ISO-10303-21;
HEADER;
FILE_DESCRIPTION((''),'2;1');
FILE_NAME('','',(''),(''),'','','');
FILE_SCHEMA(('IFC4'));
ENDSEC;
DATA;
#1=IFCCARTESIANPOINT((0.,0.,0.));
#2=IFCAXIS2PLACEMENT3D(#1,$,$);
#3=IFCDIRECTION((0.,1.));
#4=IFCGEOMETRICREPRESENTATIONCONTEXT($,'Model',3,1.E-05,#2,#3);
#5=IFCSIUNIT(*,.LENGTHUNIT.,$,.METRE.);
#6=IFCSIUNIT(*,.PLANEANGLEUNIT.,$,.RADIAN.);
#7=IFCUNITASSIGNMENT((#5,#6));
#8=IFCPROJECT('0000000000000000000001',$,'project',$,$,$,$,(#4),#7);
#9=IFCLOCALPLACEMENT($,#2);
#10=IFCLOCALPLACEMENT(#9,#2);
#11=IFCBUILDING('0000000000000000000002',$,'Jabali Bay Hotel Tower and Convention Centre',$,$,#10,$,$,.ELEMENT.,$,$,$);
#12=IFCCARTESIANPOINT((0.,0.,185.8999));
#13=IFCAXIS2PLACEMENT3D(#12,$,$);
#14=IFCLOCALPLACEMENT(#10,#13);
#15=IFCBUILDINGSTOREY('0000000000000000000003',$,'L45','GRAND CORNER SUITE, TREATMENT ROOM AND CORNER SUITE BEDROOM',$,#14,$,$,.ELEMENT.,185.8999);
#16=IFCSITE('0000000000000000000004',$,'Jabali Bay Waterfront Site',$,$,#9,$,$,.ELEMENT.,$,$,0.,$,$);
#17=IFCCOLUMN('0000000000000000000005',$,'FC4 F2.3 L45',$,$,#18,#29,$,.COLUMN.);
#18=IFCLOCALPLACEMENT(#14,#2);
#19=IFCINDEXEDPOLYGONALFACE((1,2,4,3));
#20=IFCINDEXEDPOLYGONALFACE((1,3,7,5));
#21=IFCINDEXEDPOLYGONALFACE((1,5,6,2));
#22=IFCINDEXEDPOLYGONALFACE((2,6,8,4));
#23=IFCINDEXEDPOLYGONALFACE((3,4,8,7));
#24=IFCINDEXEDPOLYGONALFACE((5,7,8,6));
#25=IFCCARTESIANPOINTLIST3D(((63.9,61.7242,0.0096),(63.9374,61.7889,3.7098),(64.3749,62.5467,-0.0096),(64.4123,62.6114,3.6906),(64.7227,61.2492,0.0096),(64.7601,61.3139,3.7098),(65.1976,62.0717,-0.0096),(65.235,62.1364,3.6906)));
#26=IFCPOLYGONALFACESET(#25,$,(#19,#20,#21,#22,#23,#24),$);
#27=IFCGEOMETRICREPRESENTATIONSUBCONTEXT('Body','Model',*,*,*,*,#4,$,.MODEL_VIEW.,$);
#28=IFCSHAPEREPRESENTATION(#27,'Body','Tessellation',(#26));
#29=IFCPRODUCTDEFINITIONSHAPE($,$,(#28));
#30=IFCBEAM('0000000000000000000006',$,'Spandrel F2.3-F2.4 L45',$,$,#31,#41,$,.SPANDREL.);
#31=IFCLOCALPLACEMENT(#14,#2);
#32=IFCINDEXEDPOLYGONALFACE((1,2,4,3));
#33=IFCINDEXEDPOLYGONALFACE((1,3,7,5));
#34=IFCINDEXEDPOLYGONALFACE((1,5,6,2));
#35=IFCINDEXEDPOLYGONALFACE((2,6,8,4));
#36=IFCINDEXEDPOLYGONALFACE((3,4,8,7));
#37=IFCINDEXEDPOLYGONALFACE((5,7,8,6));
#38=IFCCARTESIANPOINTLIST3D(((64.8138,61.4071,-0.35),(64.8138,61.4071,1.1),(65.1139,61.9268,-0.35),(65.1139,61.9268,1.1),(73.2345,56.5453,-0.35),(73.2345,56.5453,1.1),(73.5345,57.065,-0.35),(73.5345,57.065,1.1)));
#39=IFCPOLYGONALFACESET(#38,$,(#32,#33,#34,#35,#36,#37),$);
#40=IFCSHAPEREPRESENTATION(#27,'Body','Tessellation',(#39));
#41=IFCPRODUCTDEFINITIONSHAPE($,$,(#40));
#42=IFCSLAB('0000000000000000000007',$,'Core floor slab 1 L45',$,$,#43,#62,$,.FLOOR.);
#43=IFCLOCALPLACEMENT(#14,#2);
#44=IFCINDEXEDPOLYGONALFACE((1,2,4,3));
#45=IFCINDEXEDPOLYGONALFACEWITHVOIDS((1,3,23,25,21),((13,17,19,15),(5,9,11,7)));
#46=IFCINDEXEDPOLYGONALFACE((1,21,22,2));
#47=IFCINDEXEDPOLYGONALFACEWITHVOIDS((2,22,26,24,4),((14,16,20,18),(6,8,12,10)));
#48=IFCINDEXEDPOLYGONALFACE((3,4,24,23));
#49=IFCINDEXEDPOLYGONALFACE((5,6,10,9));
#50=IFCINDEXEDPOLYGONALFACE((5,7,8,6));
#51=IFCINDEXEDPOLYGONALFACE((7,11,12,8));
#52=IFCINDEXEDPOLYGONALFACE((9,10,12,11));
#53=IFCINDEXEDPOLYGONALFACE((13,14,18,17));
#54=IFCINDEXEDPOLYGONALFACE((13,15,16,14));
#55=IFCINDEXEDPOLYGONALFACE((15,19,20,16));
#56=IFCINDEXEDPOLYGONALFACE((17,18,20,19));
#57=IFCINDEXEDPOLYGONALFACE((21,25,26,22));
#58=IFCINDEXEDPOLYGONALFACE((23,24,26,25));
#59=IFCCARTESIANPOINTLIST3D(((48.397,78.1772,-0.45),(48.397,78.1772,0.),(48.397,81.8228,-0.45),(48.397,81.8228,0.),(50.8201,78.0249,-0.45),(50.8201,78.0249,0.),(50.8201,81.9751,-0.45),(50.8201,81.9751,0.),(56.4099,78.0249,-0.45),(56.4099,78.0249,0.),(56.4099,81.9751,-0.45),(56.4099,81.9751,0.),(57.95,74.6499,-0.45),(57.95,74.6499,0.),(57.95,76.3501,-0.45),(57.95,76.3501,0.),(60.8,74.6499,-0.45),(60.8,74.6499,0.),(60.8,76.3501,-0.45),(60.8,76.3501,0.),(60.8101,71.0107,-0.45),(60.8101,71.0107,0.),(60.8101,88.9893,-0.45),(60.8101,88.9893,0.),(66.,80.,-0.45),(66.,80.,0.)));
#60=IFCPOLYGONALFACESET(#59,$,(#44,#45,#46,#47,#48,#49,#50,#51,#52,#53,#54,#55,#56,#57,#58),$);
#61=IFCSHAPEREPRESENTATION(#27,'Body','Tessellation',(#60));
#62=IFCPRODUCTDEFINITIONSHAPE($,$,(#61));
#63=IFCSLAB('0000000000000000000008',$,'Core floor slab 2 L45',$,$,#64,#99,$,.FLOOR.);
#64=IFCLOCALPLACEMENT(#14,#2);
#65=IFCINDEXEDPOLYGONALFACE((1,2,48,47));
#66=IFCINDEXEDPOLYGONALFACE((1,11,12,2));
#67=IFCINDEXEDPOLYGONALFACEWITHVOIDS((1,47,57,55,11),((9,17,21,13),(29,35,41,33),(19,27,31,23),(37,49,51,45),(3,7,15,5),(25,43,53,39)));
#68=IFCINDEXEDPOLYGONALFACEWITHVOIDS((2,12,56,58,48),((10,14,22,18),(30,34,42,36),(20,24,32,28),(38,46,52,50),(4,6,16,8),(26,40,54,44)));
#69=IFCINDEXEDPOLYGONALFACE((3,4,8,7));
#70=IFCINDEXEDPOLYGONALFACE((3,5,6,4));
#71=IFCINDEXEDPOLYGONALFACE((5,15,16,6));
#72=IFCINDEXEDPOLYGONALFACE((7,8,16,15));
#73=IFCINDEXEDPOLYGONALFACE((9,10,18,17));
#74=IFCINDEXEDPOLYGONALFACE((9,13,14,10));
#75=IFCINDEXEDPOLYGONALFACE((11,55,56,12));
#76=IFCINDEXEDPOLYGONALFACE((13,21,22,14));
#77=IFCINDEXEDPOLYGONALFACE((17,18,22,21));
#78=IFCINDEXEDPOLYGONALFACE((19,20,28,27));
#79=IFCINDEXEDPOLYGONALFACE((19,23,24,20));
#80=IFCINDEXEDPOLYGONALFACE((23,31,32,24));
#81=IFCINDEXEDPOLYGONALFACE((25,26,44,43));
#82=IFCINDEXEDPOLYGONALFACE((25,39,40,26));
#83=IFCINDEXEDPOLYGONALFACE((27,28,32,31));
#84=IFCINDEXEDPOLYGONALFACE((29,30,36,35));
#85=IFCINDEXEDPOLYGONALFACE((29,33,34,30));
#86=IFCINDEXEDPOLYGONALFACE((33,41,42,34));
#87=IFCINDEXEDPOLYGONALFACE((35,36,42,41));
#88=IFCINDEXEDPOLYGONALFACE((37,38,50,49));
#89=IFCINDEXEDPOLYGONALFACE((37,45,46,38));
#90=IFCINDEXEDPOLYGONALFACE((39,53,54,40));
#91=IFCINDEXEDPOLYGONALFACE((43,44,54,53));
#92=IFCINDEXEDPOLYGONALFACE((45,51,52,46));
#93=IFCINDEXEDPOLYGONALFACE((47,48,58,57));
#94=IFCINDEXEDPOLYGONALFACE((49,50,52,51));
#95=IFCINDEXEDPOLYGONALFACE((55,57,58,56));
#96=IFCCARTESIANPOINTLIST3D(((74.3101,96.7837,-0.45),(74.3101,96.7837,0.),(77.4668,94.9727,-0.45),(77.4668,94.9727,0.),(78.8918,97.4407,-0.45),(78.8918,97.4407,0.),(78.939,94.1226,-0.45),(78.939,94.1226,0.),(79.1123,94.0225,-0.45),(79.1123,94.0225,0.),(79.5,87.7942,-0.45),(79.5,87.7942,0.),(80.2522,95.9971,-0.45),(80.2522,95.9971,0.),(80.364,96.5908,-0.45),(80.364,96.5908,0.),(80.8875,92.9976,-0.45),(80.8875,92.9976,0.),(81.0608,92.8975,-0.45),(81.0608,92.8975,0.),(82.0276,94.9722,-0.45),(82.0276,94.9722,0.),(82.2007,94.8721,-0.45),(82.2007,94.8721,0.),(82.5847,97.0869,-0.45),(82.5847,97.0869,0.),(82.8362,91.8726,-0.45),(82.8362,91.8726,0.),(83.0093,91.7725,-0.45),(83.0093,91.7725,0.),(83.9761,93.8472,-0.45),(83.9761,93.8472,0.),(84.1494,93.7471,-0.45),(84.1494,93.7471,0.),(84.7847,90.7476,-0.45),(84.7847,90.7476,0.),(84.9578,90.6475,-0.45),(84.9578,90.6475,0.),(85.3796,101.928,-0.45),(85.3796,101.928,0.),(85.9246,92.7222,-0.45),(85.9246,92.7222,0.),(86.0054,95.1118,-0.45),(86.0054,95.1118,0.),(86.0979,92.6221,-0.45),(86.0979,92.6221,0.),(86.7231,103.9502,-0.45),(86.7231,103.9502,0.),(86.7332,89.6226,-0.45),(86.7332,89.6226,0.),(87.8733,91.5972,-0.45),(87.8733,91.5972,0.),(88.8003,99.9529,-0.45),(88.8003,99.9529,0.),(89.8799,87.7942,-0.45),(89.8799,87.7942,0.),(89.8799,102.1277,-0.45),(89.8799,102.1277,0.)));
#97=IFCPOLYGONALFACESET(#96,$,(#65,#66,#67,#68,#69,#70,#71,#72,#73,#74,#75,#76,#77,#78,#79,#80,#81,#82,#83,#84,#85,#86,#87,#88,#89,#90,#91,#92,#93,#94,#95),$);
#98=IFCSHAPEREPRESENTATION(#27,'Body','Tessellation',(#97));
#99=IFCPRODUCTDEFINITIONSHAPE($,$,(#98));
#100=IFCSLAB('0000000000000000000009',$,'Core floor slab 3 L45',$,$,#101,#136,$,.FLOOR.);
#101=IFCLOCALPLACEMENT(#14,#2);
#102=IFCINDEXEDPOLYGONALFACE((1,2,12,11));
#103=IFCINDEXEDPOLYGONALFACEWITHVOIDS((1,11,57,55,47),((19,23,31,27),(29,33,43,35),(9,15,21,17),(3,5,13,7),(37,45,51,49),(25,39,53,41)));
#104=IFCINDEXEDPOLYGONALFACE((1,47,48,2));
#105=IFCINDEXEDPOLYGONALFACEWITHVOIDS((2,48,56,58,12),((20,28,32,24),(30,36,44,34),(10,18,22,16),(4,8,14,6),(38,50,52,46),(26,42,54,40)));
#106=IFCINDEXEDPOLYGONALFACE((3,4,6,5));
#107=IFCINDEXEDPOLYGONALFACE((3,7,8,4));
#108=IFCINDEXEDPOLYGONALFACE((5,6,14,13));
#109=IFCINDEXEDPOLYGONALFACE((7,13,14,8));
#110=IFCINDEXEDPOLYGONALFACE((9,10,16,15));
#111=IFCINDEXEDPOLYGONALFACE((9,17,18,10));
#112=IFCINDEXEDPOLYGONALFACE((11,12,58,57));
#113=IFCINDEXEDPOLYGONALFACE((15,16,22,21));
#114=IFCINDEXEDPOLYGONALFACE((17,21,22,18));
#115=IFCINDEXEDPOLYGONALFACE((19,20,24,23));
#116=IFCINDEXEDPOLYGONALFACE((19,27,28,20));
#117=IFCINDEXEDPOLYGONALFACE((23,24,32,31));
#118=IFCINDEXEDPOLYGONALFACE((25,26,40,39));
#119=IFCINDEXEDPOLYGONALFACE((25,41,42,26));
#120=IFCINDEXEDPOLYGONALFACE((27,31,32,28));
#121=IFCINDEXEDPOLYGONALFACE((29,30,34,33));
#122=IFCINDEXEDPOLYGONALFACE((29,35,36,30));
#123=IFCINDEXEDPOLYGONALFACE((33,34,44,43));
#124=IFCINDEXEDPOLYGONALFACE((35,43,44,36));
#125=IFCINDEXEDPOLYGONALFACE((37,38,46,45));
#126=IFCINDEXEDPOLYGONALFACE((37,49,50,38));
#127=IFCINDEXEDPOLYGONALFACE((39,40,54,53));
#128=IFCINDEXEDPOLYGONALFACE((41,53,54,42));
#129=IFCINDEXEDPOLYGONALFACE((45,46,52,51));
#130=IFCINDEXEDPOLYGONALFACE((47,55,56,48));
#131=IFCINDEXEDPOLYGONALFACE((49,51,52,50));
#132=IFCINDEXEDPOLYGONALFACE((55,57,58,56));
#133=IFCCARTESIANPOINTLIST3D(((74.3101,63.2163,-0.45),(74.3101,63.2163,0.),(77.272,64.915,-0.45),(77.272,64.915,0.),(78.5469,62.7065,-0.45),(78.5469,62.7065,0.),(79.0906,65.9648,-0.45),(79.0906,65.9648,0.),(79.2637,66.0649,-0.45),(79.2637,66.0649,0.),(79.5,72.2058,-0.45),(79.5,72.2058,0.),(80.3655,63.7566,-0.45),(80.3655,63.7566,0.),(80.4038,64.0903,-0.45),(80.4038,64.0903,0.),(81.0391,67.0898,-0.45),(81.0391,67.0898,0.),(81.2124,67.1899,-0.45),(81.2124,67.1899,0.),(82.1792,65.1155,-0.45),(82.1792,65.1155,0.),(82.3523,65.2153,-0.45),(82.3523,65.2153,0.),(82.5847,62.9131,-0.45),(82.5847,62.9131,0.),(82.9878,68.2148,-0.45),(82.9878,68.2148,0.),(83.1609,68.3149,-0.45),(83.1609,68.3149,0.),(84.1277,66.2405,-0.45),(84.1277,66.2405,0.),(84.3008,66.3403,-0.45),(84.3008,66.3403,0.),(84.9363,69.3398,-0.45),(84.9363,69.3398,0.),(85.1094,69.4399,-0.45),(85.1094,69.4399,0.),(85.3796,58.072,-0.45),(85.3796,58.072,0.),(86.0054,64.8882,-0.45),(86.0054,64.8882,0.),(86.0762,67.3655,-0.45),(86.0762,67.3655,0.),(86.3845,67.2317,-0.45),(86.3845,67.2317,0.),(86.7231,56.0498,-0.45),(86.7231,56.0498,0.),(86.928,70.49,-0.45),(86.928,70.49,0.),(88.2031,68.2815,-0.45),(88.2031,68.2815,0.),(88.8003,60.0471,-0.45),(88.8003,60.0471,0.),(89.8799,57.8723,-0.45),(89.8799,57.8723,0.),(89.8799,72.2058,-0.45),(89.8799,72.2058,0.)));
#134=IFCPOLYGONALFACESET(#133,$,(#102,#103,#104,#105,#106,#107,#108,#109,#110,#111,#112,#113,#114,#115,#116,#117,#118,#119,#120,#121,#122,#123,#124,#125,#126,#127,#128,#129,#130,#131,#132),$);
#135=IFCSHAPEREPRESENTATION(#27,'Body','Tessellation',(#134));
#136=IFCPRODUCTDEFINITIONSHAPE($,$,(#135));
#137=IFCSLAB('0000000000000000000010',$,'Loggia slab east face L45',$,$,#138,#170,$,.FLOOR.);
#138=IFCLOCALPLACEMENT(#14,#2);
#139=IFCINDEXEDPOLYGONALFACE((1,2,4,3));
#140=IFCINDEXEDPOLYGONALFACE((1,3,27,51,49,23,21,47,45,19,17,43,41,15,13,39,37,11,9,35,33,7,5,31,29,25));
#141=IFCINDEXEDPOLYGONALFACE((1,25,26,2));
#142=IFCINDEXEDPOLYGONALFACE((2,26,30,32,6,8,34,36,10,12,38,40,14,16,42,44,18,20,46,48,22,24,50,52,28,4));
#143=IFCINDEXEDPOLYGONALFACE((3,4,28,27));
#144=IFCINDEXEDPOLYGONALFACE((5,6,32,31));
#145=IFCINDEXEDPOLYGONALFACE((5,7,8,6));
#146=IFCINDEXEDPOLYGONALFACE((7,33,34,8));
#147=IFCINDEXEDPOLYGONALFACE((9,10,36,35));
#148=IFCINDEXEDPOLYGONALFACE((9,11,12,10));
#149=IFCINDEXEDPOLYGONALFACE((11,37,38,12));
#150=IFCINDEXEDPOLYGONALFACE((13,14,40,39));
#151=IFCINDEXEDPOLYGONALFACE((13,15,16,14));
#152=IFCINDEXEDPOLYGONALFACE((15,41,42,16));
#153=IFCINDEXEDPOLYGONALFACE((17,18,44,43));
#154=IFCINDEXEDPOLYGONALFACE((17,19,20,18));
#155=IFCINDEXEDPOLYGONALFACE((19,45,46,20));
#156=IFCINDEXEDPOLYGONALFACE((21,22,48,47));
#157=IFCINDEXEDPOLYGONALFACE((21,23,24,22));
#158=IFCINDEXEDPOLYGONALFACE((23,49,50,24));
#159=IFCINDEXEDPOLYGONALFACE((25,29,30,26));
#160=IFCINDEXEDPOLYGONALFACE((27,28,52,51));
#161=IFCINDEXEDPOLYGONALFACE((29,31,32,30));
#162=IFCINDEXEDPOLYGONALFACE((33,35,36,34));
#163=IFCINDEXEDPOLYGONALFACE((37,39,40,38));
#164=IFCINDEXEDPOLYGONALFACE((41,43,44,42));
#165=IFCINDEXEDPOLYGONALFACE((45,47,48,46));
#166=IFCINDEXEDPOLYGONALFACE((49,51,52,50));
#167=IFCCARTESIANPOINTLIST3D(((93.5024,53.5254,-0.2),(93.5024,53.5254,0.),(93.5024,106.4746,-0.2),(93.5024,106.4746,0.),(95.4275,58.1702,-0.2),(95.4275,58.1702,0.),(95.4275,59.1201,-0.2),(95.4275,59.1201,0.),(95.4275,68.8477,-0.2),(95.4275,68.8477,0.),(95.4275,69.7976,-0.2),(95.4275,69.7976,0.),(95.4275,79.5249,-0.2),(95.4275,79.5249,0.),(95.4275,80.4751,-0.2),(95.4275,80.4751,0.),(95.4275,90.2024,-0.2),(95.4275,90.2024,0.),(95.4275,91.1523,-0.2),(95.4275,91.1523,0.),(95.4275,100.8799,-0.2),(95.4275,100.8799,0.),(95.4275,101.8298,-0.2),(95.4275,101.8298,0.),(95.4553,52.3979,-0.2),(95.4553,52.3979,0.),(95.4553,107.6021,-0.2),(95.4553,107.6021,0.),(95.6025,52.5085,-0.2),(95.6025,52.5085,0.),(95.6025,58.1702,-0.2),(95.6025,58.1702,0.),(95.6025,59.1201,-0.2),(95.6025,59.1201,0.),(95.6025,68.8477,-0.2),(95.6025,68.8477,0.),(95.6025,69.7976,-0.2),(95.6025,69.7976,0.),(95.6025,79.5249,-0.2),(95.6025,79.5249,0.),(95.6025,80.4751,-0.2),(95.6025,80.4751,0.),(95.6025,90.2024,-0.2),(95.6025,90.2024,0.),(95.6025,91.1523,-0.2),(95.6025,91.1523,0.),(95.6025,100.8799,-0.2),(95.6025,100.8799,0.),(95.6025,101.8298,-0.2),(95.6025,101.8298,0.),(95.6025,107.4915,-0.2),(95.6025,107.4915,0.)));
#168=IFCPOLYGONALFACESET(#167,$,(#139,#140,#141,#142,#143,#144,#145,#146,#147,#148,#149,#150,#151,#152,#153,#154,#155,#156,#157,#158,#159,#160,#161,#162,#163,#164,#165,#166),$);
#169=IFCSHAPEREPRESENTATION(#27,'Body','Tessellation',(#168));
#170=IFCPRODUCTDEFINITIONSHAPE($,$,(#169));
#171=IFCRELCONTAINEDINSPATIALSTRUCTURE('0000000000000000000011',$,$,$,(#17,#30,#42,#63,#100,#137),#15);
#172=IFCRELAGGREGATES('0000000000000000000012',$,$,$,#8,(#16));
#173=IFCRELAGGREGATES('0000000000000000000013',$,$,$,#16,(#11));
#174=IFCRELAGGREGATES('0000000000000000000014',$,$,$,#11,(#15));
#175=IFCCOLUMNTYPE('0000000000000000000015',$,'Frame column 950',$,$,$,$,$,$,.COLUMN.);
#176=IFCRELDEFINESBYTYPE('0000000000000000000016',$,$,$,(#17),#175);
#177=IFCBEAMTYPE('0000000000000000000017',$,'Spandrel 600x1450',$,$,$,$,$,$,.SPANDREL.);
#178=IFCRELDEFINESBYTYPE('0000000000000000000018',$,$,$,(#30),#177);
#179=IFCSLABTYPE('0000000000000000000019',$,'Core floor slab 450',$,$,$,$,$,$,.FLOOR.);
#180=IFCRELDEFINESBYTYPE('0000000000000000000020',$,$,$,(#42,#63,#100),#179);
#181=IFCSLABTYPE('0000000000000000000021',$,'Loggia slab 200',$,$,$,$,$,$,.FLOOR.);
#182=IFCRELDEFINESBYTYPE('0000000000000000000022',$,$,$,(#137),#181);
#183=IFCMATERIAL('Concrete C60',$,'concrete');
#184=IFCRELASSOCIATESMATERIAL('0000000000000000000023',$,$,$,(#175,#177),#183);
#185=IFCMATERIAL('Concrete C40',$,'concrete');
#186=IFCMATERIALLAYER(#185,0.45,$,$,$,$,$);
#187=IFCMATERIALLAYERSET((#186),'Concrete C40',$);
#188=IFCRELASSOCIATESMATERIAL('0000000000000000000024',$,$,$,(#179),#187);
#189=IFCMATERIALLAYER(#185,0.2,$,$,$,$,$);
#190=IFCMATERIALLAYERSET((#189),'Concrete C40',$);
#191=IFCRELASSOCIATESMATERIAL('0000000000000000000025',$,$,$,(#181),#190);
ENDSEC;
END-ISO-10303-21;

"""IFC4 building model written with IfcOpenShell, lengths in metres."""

from ifc_helpers import new_model, si_unit, direction, frame, origin, origin_2d, place, context, subcontext, project, spatial, polyline, rectangle, outline, extrude, material, layer, layer_set, material_profile, profile_set, type_object, element, save


model = new_model("IFC4")

# Units and contexts
model_context = context("Model", 3, precision=1e-05, world=origin(), true_north=direction((0.0, 1.0)))
body_context = subcontext(model_context, "Body", "Model", "MODEL_VIEW")
ifc_project = project(units=[si_unit("LENGTHUNIT", "METRE"), si_unit("PLANEANGLEUNIT", "RADIAN")], contexts=[model_context])

# Site, building, storey
site_placement = place(None, origin())
site = spatial("IfcSite", under=ifc_project, at=site_placement, Name="Jabali Bay Waterfront Site", CompositionType="ELEMENT", RefElevation=0.0)
building_placement = place(site_placement, origin())
building = spatial("IfcBuilding", under=site, at=building_placement, Name="Jabali Bay Hotel Tower and Convention Centre", CompositionType="ELEMENT")
storey_placement = place(building_placement, frame((0.0, 0.0, 185.8999)))
storey = spatial("IfcBuildingStorey", under=building, at=storey_placement, Name="L45", Description="GRAND CORNER SUITE, TREATMENT ROOM AND CORNER SUITE BEDROOM", CompositionType="ELEMENT", Elevation=185.8999)

# Column
ifc_material_1 = material(Name="Concrete C60", Category="concrete")
ifc_material_profile_1 = material_profile(ifc_material_1, rectangle(XDim=0.95, YDim=0.95, at=origin_2d()), Name="Frame column 950")
ifc_profile_set_1 = profile_set([ifc_material_profile_1], Name="Concrete C60")
column_type = type_object("IfcColumnType", Name="Frame column 950", PredefinedType="COLUMN", material=ifc_profile_set_1)
column_placement = place(storey_placement, frame((64.5488, 61.8979, 0.0), z_axis=(0.010093, 0.017481, 0.999796), x_axis=(-0.866026, 0.499999, 0.0)))
element("IfcColumn", 1, at=column_placement, inside=storey, type_object=column_type, Name="FC4 F2.3 L45", PredefinedType="COLUMN", context=body_context, shape_type="SweptSolid", body=[
    extrude(rectangle(XDim=0.95, YDim=0.95, at=origin_2d()), origin(), (0.0, 0.0, 1.0), 3.7009),
])

# Beam
ifc_material_profile_2 = material_profile(ifc_material_1, rectangle(XDim=0.6001, YDim=1.45, at=origin_2d()), Name="Spandrel 600x1450")
ifc_profile_set_2 = profile_set([ifc_material_profile_2], Name="Concrete C60")
beam_type = type_object("IfcBeamType", Name="Spandrel 600x1450", PredefinedType="SPANDREL", material=ifc_profile_set_2)
beam_placement = place(storey_placement, frame((64.9639, 61.667, 0.375), z_axis=(0.866019, -0.500012, 0.0), x_axis=(0.500012, 0.866019, 0.0)))
element("IfcBeam", 2, at=beam_placement, inside=storey, type_object=beam_type, Name="Spandrel F2.3-F2.4 L45", PredefinedType="SPANDREL", context=body_context, shape_type="SweptSolid", body=[
    extrude(rectangle(XDim=0.6001, YDim=1.45, at=origin_2d()), origin(), (0.0, 0.0, 1.0), 9.7234),
])

# Slabs
ifc_material_2 = material(Name="Concrete C40", Category="concrete")
ifc_layer_1 = layer(ifc_material_2, 0.45)
ifc_layer_set_1 = layer_set([ifc_layer_1], Name="Concrete C40")
slab_type_1 = type_object("IfcSlabType", Name="Core floor slab 450", PredefinedType="FLOOR", material=ifc_layer_set_1)
slab_1_placement = place(storey_placement, frame((0.0, 0.0, -0.45)))
element("IfcSlab", 3, at=slab_1_placement, inside=storey, type_object=slab_type_1, Name="Core floor slab 1 L45", PredefinedType="FLOOR", context=body_context, shape_type="SweptSolid", body=[
    extrude(outline(polyline([(66.0, 80.0), (60.8101, 88.9893), (48.397, 81.8228), (48.397, 78.1772), (60.8101, 71.0107), (66.0, 80.0)]), holes=[polyline([(60.8, 76.3501), (57.95, 76.3501), (57.95, 74.6499), (60.8, 74.6499), (60.8, 76.3501)]), polyline([(50.8201, 81.9751), (50.8201, 78.0249), (56.4099, 78.0249), (56.4099, 81.9751), (50.8201, 81.9751)])]), origin(), (0.0, 0.0, 1.0), 0.45),
])
slab_2_placement = place(storey_placement, frame((0.0, 0.0, -0.45)))
element("IfcSlab", 4, at=slab_2_placement, inside=storey, type_object=slab_type_1, Name="Core floor slab 2 L45", PredefinedType="FLOOR", context=body_context, shape_type="SweptSolid", body=[
    extrude(outline(polyline([(79.5, 87.7942), (89.8799, 87.7942), (89.8799, 102.1277), (86.7231, 103.9502), (74.3101, 96.7837), (79.5, 87.7942)]), holes=[polyline([(84.9578, 90.6475), (86.7332, 89.6226), (87.8733, 91.5972), (86.0979, 92.6221), (84.9578, 90.6475)]), polyline([(84.1494, 93.7471), (83.0093, 91.7725), (84.7847, 90.7476), (85.9246, 92.7222), (84.1494, 93.7471)]), polyline([(82.2007, 94.8721), (81.0608, 92.8975), (82.8362, 91.8726), (83.9761, 93.8472), (82.2007, 94.8721)]), polyline([(79.1123, 94.0225), (80.8875, 92.9976), (82.0276, 94.9722), (80.2522, 95.9971), (79.1123, 94.0225)]), polyline([(78.8918, 97.4407), (77.4668, 94.9727), (78.939, 94.1226), (80.364, 96.5908), (78.8918, 97.4407)]), polyline([(82.5847, 97.0869), (86.0054, 95.1118), (88.8003, 99.9529), (85.3796, 101.928), (82.5847, 97.0869)])]), origin(), (0.0, 0.0, 1.0), 0.45),
])
slab_3_placement = place(storey_placement, frame((0.0, 0.0, -0.45)))
element("IfcSlab", 5, at=slab_3_placement, inside=storey, type_object=slab_type_1, Name="Core floor slab 3 L45", PredefinedType="FLOOR", context=body_context, shape_type="SweptSolid", body=[
    extrude(outline(polyline([(79.5, 72.2058), (74.3101, 63.2163), (86.7231, 56.0498), (89.8799, 57.8723), (89.8799, 72.2058), (79.5, 72.2058)]), holes=[polyline([(82.5847, 62.9131), (85.3796, 58.072), (88.8003, 60.0471), (86.0054, 64.8882), (82.5847, 62.9131)]), polyline([(80.3655, 63.7566), (79.0906, 65.9648), (77.272, 64.915), (78.5469, 62.7065), (80.3655, 63.7566)]), polyline([(82.1792, 65.1155), (81.0391, 67.0898), (79.2637, 66.0649), (80.4038, 64.0903), (82.1792, 65.1155)]), polyline([(82.9878, 68.2148), (81.2124, 67.1899), (82.3523, 65.2153), (84.1277, 66.2405), (82.9878, 68.2148)]), polyline([(86.0762, 67.3655), (84.9363, 69.3398), (83.1609, 68.3149), (84.3008, 66.3403), (86.0762, 67.3655)]), polyline([(88.2031, 68.2815), (86.928, 70.49), (85.1094, 69.4399), (86.3845, 67.2317), (88.2031, 68.2815)])]), origin(), (0.0, 0.0, 1.0), 0.45),
])
ifc_layer_2 = layer(ifc_material_2, 0.2)
ifc_layer_set_2 = layer_set([ifc_layer_2], Name="Concrete C40")
slab_type_2 = type_object("IfcSlabType", Name="Loggia slab 200", PredefinedType="FLOOR", material=ifc_layer_set_2)
slab_4_placement = place(storey_placement, frame((0.0, 0.0, -0.2)))
element("IfcSlab", 6, at=slab_4_placement, inside=storey, type_object=slab_type_2, Name="Loggia slab east face L45", PredefinedType="FLOOR", context=body_context, shape_type="SweptSolid", body=[
    extrude(outline(polyline([(93.5024, 106.4746), (95.4553, 107.6021), (95.6025, 107.4915), (95.6025, 101.8298), (95.4275, 101.8298), (95.4275, 100.8799), (95.6025, 100.8799), (95.6025, 91.1523), (95.4275, 91.1523), (95.4275, 90.2024), (95.6025, 90.2024), (95.6025, 80.4751), (95.4275, 80.4751), (95.4275, 79.5249), (95.6025, 79.5249), (95.6025, 69.7976), (95.4275, 69.7976), (95.4275, 68.8477), (95.6025, 68.8477), (95.6025, 59.1201), (95.4275, 59.1201), (95.4275, 58.1702), (95.6025, 58.1702), (95.6025, 52.5085), (95.4553, 52.3979), (93.5024, 53.5254), (93.5024, 106.4746)])), origin(), (0.0, 0.0, 1.0), 0.2),
])

save(model, "model.ifc")
